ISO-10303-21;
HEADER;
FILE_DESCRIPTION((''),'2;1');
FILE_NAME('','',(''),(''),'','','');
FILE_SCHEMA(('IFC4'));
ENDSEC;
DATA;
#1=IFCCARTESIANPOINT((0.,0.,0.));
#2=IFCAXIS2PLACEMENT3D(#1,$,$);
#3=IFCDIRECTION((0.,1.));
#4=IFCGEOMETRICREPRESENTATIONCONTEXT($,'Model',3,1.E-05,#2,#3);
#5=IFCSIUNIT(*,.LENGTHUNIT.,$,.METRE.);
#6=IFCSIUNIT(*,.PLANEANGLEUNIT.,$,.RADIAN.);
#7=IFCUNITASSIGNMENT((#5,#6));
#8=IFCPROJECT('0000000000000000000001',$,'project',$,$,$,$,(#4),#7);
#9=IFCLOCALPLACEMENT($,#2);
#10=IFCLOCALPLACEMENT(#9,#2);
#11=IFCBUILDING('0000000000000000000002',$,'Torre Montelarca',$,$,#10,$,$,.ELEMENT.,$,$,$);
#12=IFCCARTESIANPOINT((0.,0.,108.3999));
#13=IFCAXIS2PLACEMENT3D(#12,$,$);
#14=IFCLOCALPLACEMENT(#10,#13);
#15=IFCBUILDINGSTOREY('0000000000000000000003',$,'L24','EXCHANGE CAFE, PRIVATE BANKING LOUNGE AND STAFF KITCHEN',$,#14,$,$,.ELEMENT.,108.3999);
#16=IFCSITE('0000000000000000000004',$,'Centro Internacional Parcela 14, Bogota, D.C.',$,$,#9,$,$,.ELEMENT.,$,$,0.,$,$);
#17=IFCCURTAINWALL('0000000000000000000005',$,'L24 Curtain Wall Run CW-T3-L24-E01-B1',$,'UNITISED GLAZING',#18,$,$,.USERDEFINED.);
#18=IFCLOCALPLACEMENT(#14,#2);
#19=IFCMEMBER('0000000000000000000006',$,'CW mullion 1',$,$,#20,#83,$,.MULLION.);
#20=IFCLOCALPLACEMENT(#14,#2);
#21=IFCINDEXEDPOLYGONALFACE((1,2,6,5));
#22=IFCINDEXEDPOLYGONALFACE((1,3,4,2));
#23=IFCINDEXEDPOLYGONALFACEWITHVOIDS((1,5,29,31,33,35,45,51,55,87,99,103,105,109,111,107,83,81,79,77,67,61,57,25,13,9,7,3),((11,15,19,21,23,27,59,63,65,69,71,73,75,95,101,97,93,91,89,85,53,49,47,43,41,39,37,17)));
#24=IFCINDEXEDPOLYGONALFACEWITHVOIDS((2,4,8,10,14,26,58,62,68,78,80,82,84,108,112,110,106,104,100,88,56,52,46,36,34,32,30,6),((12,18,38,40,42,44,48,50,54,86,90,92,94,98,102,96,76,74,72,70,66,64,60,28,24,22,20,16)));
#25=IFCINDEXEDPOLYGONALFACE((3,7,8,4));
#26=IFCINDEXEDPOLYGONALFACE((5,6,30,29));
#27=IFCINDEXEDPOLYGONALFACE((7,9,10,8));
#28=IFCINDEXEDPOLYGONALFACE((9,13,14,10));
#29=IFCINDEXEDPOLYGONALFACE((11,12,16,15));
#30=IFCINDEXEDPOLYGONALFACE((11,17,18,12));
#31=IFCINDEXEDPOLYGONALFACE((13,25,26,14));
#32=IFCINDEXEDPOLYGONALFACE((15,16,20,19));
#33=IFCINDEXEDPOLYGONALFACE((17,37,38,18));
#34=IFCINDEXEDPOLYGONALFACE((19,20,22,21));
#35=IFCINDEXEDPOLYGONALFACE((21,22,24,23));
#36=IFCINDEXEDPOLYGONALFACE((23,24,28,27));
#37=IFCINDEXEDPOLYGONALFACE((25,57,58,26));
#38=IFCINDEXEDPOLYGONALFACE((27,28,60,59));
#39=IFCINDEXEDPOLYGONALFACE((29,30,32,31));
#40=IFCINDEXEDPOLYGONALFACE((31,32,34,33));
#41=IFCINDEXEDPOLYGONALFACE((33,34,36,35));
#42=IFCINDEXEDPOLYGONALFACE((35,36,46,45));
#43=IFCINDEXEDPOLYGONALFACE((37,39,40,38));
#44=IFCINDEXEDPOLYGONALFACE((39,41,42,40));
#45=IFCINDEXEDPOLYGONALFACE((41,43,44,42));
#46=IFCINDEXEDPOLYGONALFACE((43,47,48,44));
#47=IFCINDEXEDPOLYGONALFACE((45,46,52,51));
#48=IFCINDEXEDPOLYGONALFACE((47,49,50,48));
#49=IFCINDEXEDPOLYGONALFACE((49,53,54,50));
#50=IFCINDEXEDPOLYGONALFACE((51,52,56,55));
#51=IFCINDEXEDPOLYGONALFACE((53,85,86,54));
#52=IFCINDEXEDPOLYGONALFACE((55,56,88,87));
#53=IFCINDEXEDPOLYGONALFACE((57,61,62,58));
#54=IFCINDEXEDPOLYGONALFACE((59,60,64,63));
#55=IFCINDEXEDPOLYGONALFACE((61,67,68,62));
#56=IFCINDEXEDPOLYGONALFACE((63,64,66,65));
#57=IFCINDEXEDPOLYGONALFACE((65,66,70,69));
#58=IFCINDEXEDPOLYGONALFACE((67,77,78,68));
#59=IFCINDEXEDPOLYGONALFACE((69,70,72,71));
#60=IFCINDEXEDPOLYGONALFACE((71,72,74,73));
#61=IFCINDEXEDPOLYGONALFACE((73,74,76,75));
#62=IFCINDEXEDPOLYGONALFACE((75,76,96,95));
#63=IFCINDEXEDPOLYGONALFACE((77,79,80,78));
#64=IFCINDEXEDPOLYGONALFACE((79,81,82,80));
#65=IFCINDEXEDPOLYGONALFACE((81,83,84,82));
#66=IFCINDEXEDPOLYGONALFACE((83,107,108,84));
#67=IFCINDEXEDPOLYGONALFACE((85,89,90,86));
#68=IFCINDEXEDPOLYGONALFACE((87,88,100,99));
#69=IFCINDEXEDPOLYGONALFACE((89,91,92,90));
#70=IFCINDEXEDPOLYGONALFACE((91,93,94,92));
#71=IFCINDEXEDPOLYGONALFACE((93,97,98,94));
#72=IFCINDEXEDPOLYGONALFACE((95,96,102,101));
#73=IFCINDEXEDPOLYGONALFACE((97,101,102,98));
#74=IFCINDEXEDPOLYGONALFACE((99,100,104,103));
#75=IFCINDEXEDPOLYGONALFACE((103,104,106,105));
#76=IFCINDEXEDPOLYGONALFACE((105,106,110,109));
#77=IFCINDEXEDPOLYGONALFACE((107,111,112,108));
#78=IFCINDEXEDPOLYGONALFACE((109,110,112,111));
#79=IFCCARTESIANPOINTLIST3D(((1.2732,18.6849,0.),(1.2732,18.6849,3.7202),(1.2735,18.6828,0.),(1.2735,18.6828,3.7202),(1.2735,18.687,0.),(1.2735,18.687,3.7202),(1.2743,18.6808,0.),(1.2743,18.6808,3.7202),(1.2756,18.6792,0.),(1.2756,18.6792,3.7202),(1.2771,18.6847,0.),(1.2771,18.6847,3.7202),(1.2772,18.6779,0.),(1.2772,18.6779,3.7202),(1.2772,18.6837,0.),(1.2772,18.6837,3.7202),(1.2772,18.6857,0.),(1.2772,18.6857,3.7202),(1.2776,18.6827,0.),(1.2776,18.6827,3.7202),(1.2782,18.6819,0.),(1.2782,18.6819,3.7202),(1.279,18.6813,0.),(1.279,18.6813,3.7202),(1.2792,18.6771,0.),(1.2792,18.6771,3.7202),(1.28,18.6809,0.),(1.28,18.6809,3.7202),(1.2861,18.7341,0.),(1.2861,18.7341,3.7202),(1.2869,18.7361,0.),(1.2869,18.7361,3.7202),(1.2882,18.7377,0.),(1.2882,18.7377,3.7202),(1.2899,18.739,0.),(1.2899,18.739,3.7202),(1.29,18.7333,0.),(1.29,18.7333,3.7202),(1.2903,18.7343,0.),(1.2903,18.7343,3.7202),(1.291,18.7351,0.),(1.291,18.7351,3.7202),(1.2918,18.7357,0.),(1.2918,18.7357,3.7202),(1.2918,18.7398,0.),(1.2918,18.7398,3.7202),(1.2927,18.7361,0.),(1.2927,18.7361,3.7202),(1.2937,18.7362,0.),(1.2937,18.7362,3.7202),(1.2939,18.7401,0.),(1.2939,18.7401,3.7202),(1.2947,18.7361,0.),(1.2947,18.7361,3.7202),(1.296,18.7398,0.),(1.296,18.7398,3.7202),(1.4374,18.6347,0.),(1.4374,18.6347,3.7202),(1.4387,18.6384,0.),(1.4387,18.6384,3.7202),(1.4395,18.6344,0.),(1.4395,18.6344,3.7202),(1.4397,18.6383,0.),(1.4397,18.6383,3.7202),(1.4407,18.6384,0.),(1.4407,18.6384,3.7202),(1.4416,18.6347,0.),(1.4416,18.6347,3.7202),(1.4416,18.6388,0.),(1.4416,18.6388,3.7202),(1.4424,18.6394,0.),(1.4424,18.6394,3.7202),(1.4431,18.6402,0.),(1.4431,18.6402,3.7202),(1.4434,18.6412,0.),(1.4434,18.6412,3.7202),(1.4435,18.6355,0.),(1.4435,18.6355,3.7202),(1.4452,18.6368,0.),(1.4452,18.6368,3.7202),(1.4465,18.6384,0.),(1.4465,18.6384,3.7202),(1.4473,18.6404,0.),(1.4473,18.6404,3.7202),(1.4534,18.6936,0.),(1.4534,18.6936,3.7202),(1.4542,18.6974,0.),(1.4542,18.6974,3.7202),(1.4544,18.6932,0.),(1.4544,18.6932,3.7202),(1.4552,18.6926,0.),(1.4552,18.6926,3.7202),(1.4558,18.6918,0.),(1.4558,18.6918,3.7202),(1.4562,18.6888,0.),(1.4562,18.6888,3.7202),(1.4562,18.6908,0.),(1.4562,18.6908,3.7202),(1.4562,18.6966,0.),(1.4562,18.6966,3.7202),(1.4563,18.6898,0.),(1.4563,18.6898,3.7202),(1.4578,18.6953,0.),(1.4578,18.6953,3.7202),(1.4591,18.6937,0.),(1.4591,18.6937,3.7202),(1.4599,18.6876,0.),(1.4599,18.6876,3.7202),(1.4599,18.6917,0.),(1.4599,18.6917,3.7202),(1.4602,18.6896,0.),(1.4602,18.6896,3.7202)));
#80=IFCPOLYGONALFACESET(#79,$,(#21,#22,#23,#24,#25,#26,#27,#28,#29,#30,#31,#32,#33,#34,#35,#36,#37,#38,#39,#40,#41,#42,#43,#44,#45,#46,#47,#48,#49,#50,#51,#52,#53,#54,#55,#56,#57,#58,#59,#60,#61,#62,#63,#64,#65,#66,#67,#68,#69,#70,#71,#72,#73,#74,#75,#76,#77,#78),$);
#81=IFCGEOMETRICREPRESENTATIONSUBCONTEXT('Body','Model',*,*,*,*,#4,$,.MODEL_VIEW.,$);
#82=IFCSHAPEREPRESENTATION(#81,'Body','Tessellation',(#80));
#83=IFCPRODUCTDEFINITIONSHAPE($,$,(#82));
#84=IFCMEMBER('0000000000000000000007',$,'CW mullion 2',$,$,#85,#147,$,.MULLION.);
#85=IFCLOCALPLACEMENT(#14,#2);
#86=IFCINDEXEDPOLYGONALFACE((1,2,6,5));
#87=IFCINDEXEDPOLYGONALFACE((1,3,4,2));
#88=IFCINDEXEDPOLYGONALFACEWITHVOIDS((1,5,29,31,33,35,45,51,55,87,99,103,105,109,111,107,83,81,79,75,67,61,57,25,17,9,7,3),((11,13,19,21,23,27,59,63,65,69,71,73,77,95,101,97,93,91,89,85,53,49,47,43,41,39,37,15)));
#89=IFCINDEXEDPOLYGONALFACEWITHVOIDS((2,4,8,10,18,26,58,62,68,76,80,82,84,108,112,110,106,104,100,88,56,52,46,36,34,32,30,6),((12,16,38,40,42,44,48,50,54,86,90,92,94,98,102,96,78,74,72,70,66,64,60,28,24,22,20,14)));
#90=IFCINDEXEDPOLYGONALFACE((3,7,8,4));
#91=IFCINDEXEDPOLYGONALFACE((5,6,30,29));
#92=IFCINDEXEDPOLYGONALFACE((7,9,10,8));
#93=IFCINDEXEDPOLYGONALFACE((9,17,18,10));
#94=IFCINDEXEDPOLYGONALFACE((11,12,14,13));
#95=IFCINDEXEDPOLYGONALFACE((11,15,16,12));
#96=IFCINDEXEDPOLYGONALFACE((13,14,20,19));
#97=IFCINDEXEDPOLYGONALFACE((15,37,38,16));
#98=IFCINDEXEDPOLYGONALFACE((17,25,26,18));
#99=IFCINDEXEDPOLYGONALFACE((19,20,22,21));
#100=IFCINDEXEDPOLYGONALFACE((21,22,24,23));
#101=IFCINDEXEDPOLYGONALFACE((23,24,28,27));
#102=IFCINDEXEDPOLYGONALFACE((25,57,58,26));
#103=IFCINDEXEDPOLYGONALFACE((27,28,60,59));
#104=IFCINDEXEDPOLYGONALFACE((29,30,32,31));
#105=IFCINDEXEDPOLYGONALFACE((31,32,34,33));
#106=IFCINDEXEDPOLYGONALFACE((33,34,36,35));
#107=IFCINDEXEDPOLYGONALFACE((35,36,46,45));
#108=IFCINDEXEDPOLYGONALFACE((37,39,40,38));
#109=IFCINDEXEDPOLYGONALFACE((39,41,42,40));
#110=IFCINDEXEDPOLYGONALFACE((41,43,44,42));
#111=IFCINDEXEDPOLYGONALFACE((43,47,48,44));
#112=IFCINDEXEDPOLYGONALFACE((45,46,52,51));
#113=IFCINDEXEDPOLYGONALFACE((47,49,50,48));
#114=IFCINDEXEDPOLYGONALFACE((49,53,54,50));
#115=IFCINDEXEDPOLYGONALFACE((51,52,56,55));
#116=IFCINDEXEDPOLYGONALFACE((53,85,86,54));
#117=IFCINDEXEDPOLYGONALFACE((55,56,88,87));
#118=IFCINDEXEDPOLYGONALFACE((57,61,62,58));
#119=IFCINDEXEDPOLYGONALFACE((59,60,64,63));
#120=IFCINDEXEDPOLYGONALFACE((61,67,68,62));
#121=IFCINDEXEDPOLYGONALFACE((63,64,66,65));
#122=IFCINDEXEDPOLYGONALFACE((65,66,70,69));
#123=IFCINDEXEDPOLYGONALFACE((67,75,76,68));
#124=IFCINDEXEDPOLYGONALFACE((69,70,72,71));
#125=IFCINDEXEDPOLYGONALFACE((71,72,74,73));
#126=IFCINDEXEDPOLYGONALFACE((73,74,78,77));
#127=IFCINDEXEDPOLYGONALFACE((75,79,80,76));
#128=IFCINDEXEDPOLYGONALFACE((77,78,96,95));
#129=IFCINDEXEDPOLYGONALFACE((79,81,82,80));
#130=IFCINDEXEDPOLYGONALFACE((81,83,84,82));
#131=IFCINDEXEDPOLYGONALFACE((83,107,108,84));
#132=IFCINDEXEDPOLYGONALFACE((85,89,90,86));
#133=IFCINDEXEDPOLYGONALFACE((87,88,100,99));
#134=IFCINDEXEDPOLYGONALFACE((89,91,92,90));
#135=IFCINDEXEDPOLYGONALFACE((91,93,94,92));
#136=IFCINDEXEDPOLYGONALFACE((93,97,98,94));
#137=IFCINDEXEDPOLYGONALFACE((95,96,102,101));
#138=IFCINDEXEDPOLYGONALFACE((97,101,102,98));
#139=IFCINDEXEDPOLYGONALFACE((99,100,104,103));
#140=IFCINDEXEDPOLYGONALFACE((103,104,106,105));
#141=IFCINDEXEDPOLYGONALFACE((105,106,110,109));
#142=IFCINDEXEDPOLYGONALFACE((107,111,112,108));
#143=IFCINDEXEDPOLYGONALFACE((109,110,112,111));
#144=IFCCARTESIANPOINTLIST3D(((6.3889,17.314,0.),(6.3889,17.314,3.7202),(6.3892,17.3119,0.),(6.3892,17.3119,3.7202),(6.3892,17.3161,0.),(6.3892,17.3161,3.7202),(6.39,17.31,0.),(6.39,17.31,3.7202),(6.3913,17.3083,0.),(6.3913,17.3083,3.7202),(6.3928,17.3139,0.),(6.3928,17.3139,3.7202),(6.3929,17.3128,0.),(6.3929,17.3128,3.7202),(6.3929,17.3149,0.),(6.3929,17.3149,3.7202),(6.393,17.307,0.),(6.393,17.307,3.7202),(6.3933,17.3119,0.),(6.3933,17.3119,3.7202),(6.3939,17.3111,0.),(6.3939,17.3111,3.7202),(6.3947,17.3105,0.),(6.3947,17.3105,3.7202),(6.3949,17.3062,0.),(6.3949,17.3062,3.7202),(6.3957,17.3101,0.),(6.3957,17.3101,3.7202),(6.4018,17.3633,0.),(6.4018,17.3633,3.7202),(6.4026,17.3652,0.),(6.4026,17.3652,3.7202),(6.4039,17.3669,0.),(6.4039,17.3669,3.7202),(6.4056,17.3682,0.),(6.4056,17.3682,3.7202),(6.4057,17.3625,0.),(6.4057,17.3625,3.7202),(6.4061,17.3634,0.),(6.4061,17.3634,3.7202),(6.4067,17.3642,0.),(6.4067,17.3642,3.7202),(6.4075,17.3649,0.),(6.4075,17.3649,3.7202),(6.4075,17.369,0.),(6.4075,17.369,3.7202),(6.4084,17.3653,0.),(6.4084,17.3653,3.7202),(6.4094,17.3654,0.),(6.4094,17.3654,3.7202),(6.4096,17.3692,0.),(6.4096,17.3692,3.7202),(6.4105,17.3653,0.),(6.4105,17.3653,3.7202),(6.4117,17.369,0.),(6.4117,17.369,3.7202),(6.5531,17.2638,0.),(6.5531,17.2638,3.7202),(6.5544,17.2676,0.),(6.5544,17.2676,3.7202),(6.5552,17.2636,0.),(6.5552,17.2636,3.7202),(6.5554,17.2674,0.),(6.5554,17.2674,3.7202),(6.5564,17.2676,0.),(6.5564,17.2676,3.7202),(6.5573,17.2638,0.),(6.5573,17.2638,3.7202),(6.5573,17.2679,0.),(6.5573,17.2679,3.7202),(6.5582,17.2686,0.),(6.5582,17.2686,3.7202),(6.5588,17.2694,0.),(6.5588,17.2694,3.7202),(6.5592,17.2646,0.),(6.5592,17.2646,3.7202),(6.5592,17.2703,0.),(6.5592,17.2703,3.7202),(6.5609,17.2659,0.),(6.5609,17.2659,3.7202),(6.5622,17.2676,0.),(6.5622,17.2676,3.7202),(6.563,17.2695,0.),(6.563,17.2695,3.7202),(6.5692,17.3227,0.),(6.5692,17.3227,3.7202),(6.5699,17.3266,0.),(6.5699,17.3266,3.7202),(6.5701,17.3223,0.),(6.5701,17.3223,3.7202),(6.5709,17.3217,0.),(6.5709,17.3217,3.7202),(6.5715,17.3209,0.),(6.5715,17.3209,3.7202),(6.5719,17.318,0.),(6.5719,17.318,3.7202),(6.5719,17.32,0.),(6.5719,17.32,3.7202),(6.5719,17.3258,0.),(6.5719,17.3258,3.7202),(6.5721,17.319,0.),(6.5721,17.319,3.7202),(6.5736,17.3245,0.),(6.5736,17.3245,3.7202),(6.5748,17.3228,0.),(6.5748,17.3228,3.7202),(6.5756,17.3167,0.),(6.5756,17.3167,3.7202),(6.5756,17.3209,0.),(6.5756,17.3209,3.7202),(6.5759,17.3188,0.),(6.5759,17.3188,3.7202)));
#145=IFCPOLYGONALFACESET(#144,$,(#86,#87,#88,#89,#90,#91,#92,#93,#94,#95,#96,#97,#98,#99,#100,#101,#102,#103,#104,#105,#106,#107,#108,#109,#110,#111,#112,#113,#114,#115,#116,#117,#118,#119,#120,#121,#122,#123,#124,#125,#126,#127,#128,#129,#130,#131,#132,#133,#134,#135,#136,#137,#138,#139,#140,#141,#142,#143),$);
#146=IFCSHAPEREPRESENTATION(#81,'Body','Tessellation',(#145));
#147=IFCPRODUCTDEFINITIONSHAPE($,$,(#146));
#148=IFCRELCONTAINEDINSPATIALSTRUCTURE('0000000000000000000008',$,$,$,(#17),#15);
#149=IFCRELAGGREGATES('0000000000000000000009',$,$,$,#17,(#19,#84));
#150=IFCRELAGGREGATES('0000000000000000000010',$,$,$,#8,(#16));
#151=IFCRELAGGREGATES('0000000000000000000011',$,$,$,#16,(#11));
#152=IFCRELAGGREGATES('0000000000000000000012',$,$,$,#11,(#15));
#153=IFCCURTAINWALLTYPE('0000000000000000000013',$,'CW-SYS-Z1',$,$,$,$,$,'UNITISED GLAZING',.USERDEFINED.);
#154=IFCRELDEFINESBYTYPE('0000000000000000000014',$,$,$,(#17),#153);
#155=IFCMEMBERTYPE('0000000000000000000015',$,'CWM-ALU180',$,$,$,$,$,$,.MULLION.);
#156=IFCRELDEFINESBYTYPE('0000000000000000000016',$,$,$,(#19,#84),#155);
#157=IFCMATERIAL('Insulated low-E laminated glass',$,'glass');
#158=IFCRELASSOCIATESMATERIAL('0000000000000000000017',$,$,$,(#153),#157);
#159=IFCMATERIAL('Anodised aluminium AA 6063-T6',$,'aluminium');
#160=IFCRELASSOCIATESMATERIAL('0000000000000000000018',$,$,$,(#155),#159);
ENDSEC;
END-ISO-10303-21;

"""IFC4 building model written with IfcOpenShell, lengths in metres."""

from ifc_helpers import new_model, si_unit, direction, frame, origin, origin_2d, place, context, subcontext, project, spatial, hollow_rectangle, extrude, source, transform, mapped, material, material_profile, profile_set, type_object, element, aggregate, save


model = new_model("IFC4")

# Units and contexts
model_context = context("Model", 3, precision=1e-05, world=origin(), true_north=direction((0.0, 1.0)))
body_context = subcontext(model_context, "Body", "Model", "MODEL_VIEW")
ifc_project = project(units=[si_unit("LENGTHUNIT", "METRE"), si_unit("PLANEANGLEUNIT", "RADIAN")], contexts=[model_context])

# Site, building, storey
site_placement = place(None, origin())
site = spatial("IfcSite", under=ifc_project, at=site_placement, Name="Centro Internacional Parcela 14, Bogota, D.C.", CompositionType="ELEMENT", RefElevation=0.0)
building_placement = place(site_placement, origin())
building = spatial("IfcBuilding", under=site, at=building_placement, Name="Torre Montelarca", CompositionType="ELEMENT")
storey_placement = place(building_placement, frame((0.0, 0.0, 108.3999)))
storey = spatial("IfcBuildingStorey", under=building, at=storey_placement, Name="L24", Description="EXCHANGE CAFE, PRIVATE BANKING LOUNGE AND STAFF KITCHEN", CompositionType="ELEMENT", Elevation=108.3999)

# Curtain wall, members
ifc_material_1 = material(Name="Insulated low-E laminated glass", Category="glass")
curtain_wall_type = type_object("IfcCurtainWallType", Name="CW-SYS-Z1", ElementType="UNITISED GLAZING", PredefinedType="USERDEFINED", material=ifc_material_1)
curtain_wall_1_placement = place(storey_placement, origin())
curtain_wall_1 = element("IfcCurtainWall", 1, at=curtain_wall_1_placement, inside=storey, type_object=curtain_wall_type, Name="L24 Curtain Wall Run CW-T3-L24-E01-B1", ObjectType="UNITISED GLAZING", PredefinedType="USERDEFINED")
ifc_material_2 = material(Name="Anodised aluminium AA 6063-T6", Category="aluminium")
ifc_material_profile_1 = material_profile(ifc_material_2, hollow_rectangle(XDim=0.0649, YDim=0.1799, WallThickness=0.0039, InnerFilletRadius=0.0039, OuterFilletRadius=0.0081, at=origin_2d()), Name="ALU65X180X4", Category="aluminium")
ifc_profile_set_1 = profile_set([ifc_material_profile_1], Name="Anodised aluminium AA 6063-T6")
member_type_1 = type_object("IfcMemberType", Name="CWM-ALU180", PredefinedType="MULLION", material=ifc_profile_set_1)
shared_shape_1 = source(origin(), body_context, "Body", "SweptSolid", [
    extrude(hollow_rectangle(XDim=0.0649, YDim=0.1799, WallThickness=0.0039, InnerFilletRadius=0.0039, OuterFilletRadius=0.0081, at=origin_2d()), origin(), (0.0, 0.0, 1.0), 3.7202),
])
member_1_placement = place(storey_placement, frame((1.3667, 18.6873, 0.0), z_axis=(0.0, 0.0, 1.0), x_axis=(0.258819, 0.965926, 0.0)))
member_1 = element("IfcMember", 2, at=member_1_placement, type_object=member_type_1, Name="CW mullion 1", PredefinedType="MULLION", context=body_context, shape_type="MappedRepresentation", body=[
    mapped(shared_shape_1, transform((0.0, 0.0, 0.0), scale=1.0)),
])
member_2_placement = place(storey_placement, frame((6.4824, 17.3164, 0.0), z_axis=(0.0, 0.0, 1.0), x_axis=(0.258819, 0.965926, 0.0)))
member_2 = element("IfcMember", 3, at=member_2_placement, type_object=member_type_1, Name="CW mullion 2", PredefinedType="MULLION", context=body_context, shape_type="MappedRepresentation", body=[
    mapped(shared_shape_1, transform((0.0, 0.0, 0.0), scale=1.0)),
])

aggregate(curtain_wall_1, [member_1, member_2])

save(model, "model.ifc")
